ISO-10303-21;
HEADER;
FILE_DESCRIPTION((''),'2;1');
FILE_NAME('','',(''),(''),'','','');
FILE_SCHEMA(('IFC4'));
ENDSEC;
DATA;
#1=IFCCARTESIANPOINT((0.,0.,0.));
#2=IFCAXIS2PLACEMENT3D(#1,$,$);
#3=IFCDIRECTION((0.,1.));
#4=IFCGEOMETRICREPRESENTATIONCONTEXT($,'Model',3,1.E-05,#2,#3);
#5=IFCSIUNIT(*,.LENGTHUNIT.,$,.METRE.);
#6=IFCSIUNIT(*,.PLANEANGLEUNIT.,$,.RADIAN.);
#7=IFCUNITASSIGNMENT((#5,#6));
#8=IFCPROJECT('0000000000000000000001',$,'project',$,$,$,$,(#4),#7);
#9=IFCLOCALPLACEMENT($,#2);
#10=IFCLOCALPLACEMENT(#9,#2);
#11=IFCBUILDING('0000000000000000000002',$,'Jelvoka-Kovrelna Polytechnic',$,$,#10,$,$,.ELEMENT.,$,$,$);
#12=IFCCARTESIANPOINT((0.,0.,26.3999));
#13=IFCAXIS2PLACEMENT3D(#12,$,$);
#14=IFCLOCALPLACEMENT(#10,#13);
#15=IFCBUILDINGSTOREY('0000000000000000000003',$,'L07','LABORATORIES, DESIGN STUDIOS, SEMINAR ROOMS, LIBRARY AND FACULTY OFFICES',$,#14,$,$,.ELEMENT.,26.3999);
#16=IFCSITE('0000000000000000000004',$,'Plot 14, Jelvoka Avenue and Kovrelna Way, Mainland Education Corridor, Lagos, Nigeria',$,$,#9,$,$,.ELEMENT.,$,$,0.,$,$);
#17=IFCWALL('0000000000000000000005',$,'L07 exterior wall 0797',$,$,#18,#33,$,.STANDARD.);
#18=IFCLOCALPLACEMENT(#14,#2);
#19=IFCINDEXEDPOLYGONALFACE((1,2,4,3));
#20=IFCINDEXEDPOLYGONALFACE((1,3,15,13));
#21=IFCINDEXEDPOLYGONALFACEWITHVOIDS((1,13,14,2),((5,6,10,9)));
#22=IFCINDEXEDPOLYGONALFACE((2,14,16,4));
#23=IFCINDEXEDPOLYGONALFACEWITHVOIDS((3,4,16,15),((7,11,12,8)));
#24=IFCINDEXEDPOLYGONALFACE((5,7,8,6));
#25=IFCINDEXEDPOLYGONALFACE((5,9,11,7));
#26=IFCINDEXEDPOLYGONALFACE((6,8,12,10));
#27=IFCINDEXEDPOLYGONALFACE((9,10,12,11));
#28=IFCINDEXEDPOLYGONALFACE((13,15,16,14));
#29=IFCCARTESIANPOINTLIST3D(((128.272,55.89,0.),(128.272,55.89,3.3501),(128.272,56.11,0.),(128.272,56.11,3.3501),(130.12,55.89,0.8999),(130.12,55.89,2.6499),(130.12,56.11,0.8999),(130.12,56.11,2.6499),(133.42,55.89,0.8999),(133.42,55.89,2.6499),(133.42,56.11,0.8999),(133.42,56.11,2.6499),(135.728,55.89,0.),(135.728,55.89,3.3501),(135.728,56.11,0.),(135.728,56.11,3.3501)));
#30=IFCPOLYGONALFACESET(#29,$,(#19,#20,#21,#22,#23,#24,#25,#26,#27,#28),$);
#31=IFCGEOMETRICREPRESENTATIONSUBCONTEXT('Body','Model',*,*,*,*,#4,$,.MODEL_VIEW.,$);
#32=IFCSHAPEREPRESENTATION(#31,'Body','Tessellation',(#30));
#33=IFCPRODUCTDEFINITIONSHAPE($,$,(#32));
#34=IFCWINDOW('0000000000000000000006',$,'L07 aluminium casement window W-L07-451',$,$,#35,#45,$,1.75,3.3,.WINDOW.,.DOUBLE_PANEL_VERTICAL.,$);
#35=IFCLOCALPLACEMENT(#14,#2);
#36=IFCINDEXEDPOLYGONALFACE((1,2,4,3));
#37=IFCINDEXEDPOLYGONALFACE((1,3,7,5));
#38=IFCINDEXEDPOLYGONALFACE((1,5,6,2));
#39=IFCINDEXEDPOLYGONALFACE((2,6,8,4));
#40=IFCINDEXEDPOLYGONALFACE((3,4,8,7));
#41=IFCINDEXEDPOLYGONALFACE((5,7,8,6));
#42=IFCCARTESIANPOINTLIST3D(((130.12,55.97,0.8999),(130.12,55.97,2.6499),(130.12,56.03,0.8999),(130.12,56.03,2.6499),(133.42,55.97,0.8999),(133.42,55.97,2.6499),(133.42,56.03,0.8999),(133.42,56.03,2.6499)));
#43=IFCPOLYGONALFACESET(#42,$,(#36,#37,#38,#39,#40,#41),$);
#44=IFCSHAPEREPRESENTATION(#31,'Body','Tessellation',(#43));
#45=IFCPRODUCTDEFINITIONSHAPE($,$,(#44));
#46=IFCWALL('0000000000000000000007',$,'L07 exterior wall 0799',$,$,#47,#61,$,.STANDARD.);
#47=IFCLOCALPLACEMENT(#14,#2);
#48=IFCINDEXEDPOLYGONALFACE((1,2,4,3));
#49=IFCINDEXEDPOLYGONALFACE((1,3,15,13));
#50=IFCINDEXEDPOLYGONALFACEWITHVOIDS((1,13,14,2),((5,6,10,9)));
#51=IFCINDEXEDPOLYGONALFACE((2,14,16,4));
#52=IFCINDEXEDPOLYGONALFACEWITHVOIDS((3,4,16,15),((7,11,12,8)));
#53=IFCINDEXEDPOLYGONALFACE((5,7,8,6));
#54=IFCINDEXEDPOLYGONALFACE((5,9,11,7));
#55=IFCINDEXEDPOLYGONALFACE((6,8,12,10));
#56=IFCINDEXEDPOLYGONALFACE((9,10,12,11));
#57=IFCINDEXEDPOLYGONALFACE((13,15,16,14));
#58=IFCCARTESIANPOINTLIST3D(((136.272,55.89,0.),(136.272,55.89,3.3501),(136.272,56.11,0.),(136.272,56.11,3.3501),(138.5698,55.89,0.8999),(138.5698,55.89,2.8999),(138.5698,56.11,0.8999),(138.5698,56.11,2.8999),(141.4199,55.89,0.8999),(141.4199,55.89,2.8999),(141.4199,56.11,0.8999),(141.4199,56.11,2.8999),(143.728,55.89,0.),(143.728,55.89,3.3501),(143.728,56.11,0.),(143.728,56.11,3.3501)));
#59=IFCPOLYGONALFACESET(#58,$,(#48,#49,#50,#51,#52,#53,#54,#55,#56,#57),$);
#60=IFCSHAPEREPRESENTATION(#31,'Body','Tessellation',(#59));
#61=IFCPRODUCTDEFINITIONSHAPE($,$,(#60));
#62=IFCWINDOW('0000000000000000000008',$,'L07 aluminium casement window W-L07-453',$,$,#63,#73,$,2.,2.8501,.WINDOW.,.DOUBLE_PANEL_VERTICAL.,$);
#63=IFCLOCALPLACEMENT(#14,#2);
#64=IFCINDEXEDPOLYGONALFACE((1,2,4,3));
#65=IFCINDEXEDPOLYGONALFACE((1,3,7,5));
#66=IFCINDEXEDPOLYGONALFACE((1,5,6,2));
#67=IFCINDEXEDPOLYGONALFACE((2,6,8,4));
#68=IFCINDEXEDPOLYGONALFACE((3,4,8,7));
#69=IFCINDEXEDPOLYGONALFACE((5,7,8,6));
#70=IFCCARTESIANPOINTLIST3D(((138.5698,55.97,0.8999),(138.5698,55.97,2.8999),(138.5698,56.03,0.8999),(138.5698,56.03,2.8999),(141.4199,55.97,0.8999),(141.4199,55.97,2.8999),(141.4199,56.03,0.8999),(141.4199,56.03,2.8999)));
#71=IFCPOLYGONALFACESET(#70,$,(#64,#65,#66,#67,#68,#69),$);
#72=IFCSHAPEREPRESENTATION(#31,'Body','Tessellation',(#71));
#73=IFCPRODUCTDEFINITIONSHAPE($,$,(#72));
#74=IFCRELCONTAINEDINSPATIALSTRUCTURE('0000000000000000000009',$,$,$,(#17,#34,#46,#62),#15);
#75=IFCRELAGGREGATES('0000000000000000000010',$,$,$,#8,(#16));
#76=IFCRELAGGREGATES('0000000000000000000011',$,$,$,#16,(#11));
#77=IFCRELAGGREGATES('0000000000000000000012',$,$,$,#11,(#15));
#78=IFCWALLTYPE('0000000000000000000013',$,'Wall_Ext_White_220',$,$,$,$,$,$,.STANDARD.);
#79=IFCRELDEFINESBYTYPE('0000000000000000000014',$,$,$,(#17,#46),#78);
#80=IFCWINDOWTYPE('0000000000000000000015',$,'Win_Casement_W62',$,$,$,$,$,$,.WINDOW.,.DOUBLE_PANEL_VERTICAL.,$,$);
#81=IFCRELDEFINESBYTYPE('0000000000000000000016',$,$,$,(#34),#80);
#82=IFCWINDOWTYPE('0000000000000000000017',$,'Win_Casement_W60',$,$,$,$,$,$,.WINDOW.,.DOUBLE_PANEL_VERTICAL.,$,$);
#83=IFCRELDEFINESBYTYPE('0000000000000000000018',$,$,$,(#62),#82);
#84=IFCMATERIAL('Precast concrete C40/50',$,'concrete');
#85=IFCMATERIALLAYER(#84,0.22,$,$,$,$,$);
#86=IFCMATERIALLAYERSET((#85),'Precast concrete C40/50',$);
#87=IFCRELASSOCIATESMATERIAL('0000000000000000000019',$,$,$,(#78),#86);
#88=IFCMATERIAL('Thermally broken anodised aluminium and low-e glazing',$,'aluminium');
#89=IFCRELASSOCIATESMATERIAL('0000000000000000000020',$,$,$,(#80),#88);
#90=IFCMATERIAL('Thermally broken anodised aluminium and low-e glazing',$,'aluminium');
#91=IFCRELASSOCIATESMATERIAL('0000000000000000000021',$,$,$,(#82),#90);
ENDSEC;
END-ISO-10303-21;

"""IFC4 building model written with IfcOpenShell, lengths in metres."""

from ifc_helpers import new_model, si_unit, direction, frame, frame_2d, origin, place, context, subcontext, project, spatial, rectangle, extrude, material, layer, layer_set, type_object, element, fill, save


model = new_model("IFC4")

# Units and contexts
model_context = context("Model", 3, precision=1e-05, world=origin(), true_north=direction((0.0, 1.0)))
body_context = subcontext(model_context, "Body", "Model", "MODEL_VIEW")
ifc_project = project(units=[si_unit("LENGTHUNIT", "METRE"), si_unit("PLANEANGLEUNIT", "RADIAN")], contexts=[model_context])

# Site, building, storey
site_placement = place(None, origin())
site = spatial("IfcSite", under=ifc_project, at=site_placement, Name="Plot 14, Jelvoka Avenue and Kovrelna Way, Mainland Education Corridor, Lagos, Nigeria", CompositionType="ELEMENT", RefElevation=0.0)
building_placement = place(site_placement, origin())
building = spatial("IfcBuilding", under=site, at=building_placement, Name="Jelvoka-Kovrelna Polytechnic", CompositionType="ELEMENT")
storey_placement = place(building_placement, frame((0.0, 0.0, 26.3999)))
storey = spatial("IfcBuildingStorey", under=building, at=storey_placement, Name="L07", Description="LABORATORIES, DESIGN STUDIOS, SEMINAR ROOMS, LIBRARY AND FACULTY OFFICES", CompositionType="ELEMENT", Elevation=26.3999)

# Walls, openings, windows
ifc_material_1 = material(Name="Precast concrete C40/50", Category="concrete")
ifc_layer_1 = layer(ifc_material_1, 0.22)
ifc_layer_set_1 = layer_set([ifc_layer_1], Name="Precast concrete C40/50")
wall_type = type_object("IfcWallType", Name="Wall_Ext_White_220", PredefinedType="STANDARD", material=ifc_layer_set_1)
wall_1_placement = place(storey_placement, frame((135.728, 56.0, 0.0), z_axis=(0.0, 0.0, 1.0), x_axis=(-1.0, 0.0, 0.0)))
wall_1 = element("IfcWall", 1, at=wall_1_placement, inside=storey, type_object=wall_type, Name="L07 exterior wall 0797", PredefinedType="STANDARD", context=body_context, shape_type="SweptSolid", body=[
    extrude(rectangle(XDim=7.4561, YDim=0.22, at=frame_2d((3.728, 0.0))), origin(), (0.0, 0.0, 1.0), 3.3501),
])
opening_1_placement = place(wall_1_placement, frame((2.3081, 0.0, 0.8999)))
opening_1 = element("IfcOpeningElement", 2, at=opening_1_placement, cuts=wall_1, PredefinedType="OPENING", context=body_context, shape_type="SweptSolid", body=[
    extrude(rectangle(XDim=3.3, YDim=1.75, at=frame_2d((1.6499, 0.875))), frame((0.0, 0.1199, 0.0), z_axis=(0.0, -1.0, 0.0), x_axis=(1.0, 0.0, 0.0)), (0.0, 0.0, 1.0), 0.24),
])
ifc_material_2 = material(Name="Thermally broken anodised aluminium and low-e glazing", Category="aluminium")
window_type_1 = type_object("IfcWindowType", Name="Win_Casement_W62", PartitioningType="DOUBLE_PANEL_VERTICAL", PredefinedType="WINDOW", material=ifc_material_2)
window_1_placement = place(opening_1_placement, origin())
window_1 = element("IfcWindow", 3, at=window_1_placement, inside=storey, type_object=window_type_1, Name="L07 aluminium casement window W-L07-451", OverallHeight=1.75, OverallWidth=3.3, PartitioningType="DOUBLE_PANEL_VERTICAL", PredefinedType="WINDOW", context=body_context, shape_type="SweptSolid", body=[
    extrude(rectangle(XDim=3.3, YDim=1.75, at=frame_2d((1.6499, 0.875))), frame((0.0, 0.03, 0.0), z_axis=(0.0, -1.0, 0.0), x_axis=(1.0, 0.0, 0.0)), (0.0, 0.0, 1.0), 0.0601),
])
fill(opening_1, window_1)
wall_2_placement = place(storey_placement, frame((143.728, 56.0, 0.0), z_axis=(0.0, 0.0, 1.0), x_axis=(-1.0, 0.0, 0.0)))
wall_2 = element("IfcWall", 4, at=wall_2_placement, inside=storey, type_object=wall_type, Name="L07 exterior wall 0799", PredefinedType="STANDARD", context=body_context, shape_type="SweptSolid", body=[
    extrude(rectangle(XDim=7.4561, YDim=0.22, at=frame_2d((3.728, 0.0))), origin(), (0.0, 0.0, 1.0), 3.3501),
])
opening_2_placement = place(wall_2_placement, frame((2.3081, 0.0, 0.8999)))
opening_2 = element("IfcOpeningElement", 5, at=opening_2_placement, cuts=wall_2, PredefinedType="OPENING", context=body_context, shape_type="SweptSolid", body=[
    extrude(rectangle(XDim=2.8501, YDim=2.0, at=frame_2d((1.425, 1.0))), frame((0.0, 0.1199, 0.0), z_axis=(0.0, -1.0, 0.0), x_axis=(1.0, 0.0, 0.0)), (0.0, 0.0, 1.0), 0.24),
])
ifc_material_3 = material(Name="Thermally broken anodised aluminium and low-e glazing", Category="aluminium")
window_type_2 = type_object("IfcWindowType", Name="Win_Casement_W60", PartitioningType="DOUBLE_PANEL_VERTICAL", PredefinedType="WINDOW", material=ifc_material_3)
window_2_placement = place(opening_2_placement, origin())
window_2 = element("IfcWindow", 6, at=window_2_placement, inside=storey, type_object=window_type_2, Name="L07 aluminium casement window W-L07-453", OverallHeight=2.0, OverallWidth=2.8501, PartitioningType="DOUBLE_PANEL_VERTICAL", PredefinedType="WINDOW", context=body_context, shape_type="SweptSolid", body=[
    extrude(rectangle(XDim=2.8501, YDim=2.0, at=frame_2d((1.425, 1.0))), frame((0.0, 0.03, 0.0), z_axis=(0.0, -1.0, 0.0), x_axis=(1.0, 0.0, 0.0)), (0.0, 0.0, 1.0), 0.0601),
])
fill(opening_2, window_2)

save(model, "model.ifc")
